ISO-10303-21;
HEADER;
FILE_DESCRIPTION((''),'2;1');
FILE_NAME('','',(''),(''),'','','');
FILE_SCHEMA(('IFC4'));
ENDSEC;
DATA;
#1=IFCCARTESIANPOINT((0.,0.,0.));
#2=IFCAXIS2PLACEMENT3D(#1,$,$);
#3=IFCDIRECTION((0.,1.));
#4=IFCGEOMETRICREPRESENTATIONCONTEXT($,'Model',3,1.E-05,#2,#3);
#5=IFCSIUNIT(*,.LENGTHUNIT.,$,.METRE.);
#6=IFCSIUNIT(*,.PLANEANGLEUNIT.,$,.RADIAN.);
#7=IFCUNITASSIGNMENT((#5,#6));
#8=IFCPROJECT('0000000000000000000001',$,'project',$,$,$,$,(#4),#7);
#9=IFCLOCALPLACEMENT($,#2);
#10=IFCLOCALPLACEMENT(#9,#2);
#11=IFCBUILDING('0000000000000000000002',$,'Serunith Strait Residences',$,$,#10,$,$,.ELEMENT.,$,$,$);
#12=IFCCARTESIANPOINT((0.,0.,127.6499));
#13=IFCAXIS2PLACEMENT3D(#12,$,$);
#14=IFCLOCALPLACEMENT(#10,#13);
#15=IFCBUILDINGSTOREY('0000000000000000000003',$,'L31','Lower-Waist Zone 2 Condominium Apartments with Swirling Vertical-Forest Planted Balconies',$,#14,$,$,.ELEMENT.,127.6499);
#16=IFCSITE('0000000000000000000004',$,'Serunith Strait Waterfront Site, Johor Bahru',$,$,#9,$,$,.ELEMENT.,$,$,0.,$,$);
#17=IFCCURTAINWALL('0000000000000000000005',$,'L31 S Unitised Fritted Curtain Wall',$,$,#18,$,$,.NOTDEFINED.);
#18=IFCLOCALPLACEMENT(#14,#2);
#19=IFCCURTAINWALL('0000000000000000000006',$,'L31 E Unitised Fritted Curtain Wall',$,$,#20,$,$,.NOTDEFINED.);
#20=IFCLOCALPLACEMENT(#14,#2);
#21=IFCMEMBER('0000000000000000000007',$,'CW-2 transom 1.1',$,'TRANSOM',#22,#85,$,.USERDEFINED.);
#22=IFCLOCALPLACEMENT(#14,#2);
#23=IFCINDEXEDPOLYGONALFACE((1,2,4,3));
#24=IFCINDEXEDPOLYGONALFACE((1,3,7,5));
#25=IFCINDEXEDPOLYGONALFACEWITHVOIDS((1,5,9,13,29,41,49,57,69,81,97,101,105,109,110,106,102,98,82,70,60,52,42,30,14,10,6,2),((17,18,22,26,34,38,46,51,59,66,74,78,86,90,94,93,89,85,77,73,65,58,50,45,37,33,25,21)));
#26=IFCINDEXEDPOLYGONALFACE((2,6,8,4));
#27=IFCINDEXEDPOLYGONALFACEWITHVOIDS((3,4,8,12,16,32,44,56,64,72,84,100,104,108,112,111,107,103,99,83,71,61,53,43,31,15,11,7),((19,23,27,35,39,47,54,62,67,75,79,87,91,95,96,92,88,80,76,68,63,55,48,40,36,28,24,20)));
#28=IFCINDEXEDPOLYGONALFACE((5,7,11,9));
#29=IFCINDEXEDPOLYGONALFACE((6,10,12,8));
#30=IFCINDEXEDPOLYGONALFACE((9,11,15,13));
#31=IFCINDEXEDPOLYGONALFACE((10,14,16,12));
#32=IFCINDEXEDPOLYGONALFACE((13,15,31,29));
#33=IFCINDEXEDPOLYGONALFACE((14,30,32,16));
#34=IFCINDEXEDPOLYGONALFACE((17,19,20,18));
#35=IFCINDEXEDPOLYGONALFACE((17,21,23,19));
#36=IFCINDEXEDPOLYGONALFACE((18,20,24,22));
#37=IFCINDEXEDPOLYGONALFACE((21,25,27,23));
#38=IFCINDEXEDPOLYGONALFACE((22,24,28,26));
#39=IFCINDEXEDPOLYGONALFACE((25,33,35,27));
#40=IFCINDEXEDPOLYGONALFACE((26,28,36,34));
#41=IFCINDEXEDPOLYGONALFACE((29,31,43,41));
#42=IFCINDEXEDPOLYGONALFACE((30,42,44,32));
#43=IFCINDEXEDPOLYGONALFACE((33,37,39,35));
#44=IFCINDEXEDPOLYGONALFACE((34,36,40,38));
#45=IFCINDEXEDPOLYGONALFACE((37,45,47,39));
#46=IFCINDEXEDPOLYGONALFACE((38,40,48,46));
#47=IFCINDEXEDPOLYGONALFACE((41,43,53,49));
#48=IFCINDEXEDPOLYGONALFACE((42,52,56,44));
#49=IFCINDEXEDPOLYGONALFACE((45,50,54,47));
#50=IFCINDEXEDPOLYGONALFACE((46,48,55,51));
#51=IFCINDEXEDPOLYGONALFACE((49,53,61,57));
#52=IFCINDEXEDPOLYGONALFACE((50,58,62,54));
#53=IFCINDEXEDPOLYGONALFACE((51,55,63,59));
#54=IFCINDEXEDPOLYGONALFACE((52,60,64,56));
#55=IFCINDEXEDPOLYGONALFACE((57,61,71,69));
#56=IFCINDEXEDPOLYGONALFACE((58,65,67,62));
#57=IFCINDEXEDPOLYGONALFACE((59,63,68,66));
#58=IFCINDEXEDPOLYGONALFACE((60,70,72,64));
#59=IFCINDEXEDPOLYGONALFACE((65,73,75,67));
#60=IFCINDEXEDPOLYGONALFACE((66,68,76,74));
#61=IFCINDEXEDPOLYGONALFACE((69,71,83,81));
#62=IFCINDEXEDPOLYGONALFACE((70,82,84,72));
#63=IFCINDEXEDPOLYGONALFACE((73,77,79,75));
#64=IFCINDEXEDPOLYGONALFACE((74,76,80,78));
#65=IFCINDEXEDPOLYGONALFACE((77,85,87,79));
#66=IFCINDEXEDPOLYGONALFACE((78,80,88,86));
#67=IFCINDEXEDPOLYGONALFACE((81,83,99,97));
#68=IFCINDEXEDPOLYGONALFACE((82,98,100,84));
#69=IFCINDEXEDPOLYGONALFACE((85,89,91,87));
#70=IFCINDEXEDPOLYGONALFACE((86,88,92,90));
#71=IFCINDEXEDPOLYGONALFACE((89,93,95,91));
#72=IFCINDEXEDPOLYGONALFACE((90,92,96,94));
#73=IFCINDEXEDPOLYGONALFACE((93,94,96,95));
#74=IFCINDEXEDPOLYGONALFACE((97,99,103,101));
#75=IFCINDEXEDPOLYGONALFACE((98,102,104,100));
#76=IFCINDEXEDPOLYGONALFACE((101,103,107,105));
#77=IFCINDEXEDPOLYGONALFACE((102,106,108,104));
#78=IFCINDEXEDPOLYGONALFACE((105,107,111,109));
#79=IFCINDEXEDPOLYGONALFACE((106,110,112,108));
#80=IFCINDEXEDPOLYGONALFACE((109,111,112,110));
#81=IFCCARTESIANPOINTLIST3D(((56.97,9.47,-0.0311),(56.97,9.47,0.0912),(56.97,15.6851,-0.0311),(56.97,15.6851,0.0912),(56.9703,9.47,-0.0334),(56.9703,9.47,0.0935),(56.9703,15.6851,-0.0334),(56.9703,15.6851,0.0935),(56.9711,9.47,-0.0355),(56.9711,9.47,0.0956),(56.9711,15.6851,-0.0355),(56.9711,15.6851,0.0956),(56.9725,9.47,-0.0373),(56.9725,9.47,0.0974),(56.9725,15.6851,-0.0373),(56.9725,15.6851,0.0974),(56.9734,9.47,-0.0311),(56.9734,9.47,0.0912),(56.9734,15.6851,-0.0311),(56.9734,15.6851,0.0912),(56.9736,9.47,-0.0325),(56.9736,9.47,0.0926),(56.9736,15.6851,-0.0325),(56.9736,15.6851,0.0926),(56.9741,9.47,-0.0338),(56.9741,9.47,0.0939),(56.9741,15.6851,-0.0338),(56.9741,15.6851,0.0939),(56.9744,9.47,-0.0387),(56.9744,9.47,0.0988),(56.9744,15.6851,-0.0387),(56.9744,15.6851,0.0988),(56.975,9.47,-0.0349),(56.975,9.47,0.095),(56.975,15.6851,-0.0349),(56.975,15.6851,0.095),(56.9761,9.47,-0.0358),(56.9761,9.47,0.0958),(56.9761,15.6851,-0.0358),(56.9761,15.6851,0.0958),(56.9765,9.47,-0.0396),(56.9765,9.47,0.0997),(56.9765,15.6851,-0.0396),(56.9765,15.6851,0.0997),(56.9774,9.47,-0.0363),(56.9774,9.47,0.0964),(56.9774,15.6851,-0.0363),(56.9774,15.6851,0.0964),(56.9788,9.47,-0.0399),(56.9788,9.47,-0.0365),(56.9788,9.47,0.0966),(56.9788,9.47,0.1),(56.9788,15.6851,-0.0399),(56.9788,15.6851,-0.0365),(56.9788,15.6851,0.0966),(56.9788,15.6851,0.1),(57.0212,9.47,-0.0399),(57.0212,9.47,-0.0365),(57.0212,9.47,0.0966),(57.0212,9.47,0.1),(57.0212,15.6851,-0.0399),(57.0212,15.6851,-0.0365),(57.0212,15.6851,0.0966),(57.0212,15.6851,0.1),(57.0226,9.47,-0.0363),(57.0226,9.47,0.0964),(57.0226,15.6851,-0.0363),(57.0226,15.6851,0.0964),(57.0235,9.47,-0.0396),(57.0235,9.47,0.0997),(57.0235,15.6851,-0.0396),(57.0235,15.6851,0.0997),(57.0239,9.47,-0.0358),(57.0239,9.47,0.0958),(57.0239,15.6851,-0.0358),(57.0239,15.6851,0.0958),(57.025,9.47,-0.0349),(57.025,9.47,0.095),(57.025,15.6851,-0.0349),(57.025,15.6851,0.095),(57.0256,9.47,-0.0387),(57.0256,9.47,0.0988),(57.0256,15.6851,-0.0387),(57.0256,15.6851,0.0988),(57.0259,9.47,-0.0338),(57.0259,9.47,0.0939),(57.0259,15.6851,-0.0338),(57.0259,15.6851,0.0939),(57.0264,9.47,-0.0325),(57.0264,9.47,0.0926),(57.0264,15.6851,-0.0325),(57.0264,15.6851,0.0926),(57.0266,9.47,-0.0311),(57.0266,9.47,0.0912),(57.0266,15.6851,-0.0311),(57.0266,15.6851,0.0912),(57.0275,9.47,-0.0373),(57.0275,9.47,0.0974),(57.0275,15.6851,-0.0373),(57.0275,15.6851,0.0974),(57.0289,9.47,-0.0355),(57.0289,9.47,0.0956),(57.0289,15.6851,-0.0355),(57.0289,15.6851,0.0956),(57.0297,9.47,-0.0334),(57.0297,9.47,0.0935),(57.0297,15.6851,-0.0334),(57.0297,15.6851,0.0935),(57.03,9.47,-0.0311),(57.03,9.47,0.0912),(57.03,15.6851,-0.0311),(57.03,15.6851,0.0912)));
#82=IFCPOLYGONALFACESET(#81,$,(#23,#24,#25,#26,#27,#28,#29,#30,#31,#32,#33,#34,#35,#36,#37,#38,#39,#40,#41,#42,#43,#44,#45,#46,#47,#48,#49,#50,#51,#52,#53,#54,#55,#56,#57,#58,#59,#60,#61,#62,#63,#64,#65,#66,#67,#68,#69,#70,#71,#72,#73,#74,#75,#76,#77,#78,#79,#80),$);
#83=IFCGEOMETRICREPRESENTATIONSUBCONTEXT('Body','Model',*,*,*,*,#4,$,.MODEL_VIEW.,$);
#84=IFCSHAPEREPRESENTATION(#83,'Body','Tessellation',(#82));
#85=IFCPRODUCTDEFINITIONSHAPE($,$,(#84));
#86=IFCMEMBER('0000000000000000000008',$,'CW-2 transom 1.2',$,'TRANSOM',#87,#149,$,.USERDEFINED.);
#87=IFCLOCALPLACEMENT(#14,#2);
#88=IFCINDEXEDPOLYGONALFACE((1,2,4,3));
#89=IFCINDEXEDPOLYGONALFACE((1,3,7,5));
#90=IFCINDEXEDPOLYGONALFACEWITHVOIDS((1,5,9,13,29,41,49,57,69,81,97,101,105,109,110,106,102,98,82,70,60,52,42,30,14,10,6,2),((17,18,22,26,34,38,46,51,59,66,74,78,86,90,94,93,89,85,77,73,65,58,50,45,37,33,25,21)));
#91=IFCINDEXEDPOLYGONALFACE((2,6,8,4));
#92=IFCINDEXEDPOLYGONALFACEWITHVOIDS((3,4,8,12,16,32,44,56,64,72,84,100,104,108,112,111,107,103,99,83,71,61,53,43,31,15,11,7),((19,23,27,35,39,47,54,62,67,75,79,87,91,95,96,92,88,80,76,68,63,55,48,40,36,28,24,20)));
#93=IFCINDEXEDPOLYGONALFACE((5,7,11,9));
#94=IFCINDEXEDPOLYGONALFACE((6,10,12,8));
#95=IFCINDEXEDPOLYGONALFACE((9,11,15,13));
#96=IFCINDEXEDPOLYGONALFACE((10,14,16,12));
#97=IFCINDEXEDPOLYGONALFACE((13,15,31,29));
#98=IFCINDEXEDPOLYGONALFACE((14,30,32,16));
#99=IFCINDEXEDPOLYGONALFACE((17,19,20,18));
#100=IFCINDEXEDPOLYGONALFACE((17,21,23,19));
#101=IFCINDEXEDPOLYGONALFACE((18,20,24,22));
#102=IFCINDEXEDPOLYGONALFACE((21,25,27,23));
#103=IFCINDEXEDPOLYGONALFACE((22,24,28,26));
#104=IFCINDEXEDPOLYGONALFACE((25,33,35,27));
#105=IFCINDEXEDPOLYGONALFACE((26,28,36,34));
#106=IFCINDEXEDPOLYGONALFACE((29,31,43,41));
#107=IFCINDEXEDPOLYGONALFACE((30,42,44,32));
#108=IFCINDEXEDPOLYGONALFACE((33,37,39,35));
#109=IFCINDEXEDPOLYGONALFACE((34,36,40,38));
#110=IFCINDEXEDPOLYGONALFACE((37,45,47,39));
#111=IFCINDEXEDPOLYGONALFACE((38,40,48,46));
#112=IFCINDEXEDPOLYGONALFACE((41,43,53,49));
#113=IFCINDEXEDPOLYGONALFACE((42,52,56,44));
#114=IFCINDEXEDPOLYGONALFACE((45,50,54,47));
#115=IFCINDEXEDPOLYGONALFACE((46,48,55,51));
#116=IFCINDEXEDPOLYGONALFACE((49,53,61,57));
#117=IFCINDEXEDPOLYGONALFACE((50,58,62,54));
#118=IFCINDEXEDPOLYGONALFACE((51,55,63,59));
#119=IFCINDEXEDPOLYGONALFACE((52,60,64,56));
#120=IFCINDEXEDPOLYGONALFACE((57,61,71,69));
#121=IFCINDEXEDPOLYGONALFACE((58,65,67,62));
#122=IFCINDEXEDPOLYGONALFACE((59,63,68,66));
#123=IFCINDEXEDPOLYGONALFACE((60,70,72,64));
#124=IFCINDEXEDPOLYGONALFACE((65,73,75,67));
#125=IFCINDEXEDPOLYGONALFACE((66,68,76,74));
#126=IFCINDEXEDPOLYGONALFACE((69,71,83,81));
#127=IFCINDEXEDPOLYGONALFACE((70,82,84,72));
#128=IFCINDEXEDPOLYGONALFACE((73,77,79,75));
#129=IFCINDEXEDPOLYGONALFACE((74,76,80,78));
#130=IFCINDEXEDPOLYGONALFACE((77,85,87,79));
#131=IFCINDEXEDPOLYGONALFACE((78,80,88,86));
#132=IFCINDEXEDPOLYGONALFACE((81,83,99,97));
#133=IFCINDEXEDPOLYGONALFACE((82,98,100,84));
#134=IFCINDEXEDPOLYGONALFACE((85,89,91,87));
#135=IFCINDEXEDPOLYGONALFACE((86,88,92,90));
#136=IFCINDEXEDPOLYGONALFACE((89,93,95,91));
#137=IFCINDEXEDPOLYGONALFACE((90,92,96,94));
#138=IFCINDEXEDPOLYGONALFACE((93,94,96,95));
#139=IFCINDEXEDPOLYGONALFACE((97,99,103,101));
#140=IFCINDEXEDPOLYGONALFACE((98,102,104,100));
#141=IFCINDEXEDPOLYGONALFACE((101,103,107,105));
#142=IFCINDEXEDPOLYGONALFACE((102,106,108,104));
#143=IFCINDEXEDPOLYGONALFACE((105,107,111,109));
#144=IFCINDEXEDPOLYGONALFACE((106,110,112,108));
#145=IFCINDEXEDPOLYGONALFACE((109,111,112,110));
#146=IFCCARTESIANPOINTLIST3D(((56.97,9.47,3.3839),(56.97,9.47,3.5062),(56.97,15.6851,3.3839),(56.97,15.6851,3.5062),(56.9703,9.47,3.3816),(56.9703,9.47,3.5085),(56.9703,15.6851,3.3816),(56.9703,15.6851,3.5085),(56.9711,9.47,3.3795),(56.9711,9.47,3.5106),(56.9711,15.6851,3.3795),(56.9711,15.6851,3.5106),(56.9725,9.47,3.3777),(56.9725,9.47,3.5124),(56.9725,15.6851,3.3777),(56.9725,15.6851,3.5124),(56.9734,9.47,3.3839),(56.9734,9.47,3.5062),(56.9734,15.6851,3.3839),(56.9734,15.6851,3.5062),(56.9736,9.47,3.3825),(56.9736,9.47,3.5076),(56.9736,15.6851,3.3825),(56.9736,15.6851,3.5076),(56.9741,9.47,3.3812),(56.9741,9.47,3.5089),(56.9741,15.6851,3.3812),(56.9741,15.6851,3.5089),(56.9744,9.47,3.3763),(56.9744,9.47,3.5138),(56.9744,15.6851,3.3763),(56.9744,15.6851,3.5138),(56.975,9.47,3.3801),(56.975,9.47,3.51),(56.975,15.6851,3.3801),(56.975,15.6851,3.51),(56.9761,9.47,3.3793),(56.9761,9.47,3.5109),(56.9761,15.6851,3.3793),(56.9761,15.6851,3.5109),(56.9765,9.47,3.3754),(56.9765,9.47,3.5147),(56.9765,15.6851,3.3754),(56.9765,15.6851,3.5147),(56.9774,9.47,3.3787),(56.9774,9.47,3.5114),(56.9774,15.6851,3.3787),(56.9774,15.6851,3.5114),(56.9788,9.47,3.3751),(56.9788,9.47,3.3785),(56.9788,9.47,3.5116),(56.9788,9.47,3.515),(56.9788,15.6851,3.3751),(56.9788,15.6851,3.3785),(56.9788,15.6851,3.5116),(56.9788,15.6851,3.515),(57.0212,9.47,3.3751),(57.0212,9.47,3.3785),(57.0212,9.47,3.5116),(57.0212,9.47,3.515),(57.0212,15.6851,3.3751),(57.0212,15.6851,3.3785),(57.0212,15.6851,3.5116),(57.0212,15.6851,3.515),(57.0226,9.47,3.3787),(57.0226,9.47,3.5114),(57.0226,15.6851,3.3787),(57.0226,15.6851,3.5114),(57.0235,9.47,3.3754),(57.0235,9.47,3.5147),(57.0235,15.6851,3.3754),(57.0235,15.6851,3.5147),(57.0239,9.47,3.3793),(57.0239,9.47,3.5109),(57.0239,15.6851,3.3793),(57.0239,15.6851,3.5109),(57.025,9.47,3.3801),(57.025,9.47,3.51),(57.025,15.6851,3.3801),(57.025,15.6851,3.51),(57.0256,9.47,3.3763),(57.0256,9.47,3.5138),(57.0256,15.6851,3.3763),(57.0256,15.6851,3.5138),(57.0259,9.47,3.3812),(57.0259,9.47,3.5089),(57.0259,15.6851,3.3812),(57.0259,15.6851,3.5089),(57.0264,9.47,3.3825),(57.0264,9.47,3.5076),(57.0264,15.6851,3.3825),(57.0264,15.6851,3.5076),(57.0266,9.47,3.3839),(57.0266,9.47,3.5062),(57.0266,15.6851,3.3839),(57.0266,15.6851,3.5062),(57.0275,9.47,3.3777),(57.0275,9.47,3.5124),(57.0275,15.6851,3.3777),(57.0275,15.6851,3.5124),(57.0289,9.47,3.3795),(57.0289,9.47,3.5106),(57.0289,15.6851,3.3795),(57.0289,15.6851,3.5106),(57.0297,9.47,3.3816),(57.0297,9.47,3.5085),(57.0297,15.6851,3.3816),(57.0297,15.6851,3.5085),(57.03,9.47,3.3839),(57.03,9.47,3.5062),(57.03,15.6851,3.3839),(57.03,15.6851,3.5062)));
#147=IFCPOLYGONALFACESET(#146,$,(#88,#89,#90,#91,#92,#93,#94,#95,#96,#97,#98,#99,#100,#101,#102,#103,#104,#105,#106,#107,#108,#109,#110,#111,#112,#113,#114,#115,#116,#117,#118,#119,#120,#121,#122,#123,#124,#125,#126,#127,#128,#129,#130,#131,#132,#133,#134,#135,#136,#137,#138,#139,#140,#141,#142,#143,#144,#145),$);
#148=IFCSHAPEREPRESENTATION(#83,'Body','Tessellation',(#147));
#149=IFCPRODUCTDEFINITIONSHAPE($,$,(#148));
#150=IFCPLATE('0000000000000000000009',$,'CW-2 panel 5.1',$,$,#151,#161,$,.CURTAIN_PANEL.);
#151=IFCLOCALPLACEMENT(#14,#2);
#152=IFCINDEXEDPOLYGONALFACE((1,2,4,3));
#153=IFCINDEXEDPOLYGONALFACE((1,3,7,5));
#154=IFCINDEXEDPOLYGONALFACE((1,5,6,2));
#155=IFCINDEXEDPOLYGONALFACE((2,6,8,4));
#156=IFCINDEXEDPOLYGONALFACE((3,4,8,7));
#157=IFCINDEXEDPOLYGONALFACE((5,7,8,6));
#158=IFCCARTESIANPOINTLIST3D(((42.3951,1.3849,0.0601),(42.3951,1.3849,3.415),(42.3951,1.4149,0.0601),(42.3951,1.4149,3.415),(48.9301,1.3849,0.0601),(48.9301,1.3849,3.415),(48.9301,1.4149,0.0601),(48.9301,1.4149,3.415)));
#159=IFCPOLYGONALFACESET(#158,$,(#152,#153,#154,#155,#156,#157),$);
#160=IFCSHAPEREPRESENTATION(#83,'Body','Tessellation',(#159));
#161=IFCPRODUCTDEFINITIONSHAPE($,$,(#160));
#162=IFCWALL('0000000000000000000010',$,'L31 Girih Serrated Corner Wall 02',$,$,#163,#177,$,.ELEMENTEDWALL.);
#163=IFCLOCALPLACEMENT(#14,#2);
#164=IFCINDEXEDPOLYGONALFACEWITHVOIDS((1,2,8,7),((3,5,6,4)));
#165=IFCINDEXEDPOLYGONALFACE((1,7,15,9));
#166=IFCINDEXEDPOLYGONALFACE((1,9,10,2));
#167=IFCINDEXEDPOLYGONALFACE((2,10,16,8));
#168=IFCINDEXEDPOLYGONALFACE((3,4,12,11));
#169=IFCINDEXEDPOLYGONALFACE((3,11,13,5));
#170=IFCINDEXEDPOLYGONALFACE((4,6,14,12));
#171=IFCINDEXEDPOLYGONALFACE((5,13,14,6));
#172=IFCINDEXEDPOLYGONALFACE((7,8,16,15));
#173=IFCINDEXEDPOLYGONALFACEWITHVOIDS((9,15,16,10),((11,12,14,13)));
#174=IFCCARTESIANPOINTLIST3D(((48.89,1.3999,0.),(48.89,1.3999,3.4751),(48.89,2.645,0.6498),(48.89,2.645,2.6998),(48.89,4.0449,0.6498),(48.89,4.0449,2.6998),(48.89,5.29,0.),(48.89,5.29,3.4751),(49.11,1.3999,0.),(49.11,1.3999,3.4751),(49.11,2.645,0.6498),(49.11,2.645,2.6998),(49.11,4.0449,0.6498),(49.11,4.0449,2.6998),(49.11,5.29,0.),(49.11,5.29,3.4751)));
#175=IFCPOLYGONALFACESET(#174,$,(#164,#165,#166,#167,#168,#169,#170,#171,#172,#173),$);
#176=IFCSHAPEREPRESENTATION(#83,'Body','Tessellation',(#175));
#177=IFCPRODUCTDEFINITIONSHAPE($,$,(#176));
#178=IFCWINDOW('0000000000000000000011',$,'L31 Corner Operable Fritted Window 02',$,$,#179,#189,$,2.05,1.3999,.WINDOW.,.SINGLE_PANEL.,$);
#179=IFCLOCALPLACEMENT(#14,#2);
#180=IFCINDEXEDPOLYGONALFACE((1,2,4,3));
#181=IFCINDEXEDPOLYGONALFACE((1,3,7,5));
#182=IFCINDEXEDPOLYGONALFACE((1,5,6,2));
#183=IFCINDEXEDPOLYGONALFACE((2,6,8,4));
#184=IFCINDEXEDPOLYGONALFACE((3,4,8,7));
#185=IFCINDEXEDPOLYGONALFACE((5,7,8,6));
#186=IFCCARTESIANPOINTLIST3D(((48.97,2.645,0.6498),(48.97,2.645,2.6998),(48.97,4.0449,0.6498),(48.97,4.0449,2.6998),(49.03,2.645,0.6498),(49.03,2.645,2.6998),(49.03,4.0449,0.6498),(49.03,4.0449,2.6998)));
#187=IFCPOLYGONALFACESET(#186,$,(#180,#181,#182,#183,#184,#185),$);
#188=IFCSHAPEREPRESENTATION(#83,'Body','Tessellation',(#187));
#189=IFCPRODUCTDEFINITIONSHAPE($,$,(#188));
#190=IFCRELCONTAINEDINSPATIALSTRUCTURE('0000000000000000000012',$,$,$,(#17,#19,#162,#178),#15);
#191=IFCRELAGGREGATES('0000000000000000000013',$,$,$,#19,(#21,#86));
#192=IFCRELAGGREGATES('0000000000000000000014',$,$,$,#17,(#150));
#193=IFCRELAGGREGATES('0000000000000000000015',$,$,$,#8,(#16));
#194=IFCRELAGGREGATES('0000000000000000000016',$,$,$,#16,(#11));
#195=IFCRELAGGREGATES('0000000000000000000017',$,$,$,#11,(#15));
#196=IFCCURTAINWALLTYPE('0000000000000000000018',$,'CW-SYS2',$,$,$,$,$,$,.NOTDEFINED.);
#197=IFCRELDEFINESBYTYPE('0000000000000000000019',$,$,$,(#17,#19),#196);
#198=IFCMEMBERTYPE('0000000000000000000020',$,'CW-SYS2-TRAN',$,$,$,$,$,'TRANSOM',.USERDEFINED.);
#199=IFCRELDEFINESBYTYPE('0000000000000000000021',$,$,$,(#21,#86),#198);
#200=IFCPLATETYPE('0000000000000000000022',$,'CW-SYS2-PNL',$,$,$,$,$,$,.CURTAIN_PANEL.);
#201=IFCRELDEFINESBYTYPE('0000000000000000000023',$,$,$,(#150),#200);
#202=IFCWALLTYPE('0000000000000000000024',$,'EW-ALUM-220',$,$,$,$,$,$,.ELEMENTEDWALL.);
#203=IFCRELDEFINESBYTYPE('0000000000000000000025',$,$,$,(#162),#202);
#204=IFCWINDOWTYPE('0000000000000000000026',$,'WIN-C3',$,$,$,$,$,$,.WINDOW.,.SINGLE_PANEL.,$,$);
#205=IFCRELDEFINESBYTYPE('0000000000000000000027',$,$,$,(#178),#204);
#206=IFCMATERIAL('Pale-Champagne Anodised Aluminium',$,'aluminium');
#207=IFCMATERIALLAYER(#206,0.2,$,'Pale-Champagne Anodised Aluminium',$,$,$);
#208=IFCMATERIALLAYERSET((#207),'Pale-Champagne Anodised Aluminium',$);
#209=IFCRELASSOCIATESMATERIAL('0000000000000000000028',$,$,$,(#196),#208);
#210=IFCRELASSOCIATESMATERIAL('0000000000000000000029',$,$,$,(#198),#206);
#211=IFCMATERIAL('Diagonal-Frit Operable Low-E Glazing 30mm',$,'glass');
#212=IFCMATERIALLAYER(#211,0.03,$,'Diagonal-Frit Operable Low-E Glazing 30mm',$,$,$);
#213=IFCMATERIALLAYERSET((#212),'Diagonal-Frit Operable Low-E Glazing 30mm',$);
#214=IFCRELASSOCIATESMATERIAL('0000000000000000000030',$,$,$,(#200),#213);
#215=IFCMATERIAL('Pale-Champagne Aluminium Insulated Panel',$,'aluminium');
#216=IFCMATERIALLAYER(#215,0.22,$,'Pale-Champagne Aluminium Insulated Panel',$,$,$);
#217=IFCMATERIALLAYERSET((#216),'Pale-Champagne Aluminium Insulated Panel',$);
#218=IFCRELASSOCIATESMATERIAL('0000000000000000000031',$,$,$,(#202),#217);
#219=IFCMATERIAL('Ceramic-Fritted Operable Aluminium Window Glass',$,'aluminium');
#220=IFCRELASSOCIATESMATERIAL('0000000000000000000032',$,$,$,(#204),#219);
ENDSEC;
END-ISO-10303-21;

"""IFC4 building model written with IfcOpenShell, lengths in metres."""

from ifc_helpers import new_model, si_unit, direction, frame, frame_2d, origin, origin_2d, place, context, subcontext, project, spatial, rectangle, hollow_rectangle, extrude, source, transform, mapped, material, layer, layer_set, material_profile, profile_set, type_object, element, fill, aggregate, save


model = new_model("IFC4")

# Units and contexts
model_context = context("Model", 3, precision=1e-05, world=origin(), true_north=direction((0.0, 1.0)))
body_context = subcontext(model_context, "Body", "Model", "MODEL_VIEW")
ifc_project = project(units=[si_unit("LENGTHUNIT", "METRE"), si_unit("PLANEANGLEUNIT", "RADIAN")], contexts=[model_context])

# Site, building, storey
site_placement = place(None, origin())
site = spatial("IfcSite", under=ifc_project, at=site_placement, Name="Serunith Strait Waterfront Site, Johor Bahru", CompositionType="ELEMENT", RefElevation=0.0)
building_placement = place(site_placement, origin())
building = spatial("IfcBuilding", under=site, at=building_placement, Name="Serunith Strait Residences", CompositionType="ELEMENT")
storey_placement = place(building_placement, frame((0.0, 0.0, 127.6499)))
storey = spatial("IfcBuildingStorey", under=building, at=storey_placement, Name="L31", Description="Lower-Waist Zone 2 Condominium Apartments with Swirling Vertical-Forest Planted Balconies", CompositionType="ELEMENT", Elevation=127.6499)

# Curtain wall
ifc_material_1 = material(Name="Pale-Champagne Anodised Aluminium", Category="aluminium")
ifc_layer_1 = layer(ifc_material_1, 0.2, Name="Pale-Champagne Anodised Aluminium")
ifc_layer_set_1 = layer_set([ifc_layer_1], Name="Pale-Champagne Anodised Aluminium")
curtain_wall_type = type_object("IfcCurtainWallType", Name="CW-SYS2", PredefinedType="NOTDEFINED", material=ifc_layer_set_1)
curtain_wall_1_placement = place(storey_placement, origin())
curtain_wall_1 = element("IfcCurtainWall", 1, at=curtain_wall_1_placement, inside=storey, type_object=curtain_wall_type, Name="L31 S Unitised Fritted Curtain Wall", PredefinedType="NOTDEFINED")

# Curtain wall, members
curtain_wall_2_placement = place(storey_placement, origin())
curtain_wall_2 = element("IfcCurtainWall", 2, at=curtain_wall_2_placement, inside=storey, type_object=curtain_wall_type, Name="L31 E Unitised Fritted Curtain Wall", PredefinedType="NOTDEFINED")
ifc_material_profile_1 = material_profile(ifc_material_1, hollow_rectangle(XDim=0.0601, YDim=0.1399, WallThickness=0.0034, InnerFilletRadius=0.0054, OuterFilletRadius=0.0088, at=origin_2d()), Name="ALU 140x60x3.5")
ifc_profile_set_1 = profile_set([ifc_material_profile_1], Name="Pale-Champagne Anodised Aluminium")
member_type_1 = type_object("IfcMemberType", Name="CW-SYS2-TRAN", ElementType="TRANSOM", PredefinedType="USERDEFINED", material=ifc_profile_set_1)
shared_shape_1 = source(origin(), body_context, "Body", "SweptSolid", [
    extrude(hollow_rectangle(XDim=0.0601, YDim=0.1399, WallThickness=0.0034, InnerFilletRadius=0.0054, OuterFilletRadius=0.0088, at=origin_2d()), origin(), (0.0, 0.0, 1.0), 6.2151),
])
member_1_placement = place(storey_placement, frame((57.0, 9.47, 0.03), z_axis=(0.0, 1.0, 0.0), x_axis=(-1.0, 0.0, 0.0)))
member_1 = element("IfcMember", 3, at=member_1_placement, type_object=member_type_1, Name="CW-2 transom 1.1", ObjectType="TRANSOM", PredefinedType="USERDEFINED", context=body_context, shape_type="MappedRepresentation", body=[
    mapped(shared_shape_1, transform((0.0, 0.0, 0.0), scale=1.0)),
])
member_2_placement = place(storey_placement, frame((57.0, 9.47, 3.4451), z_axis=(0.0, 1.0, 0.0), x_axis=(-1.0, 0.0, 0.0)))
member_2 = element("IfcMember", 4, at=member_2_placement, type_object=member_type_1, Name="CW-2 transom 1.2", ObjectType="TRANSOM", PredefinedType="USERDEFINED", context=body_context, shape_type="MappedRepresentation", body=[
    mapped(shared_shape_1, transform((0.0, 0.0, 0.0), scale=1.0)),
])
aggregate(curtain_wall_2, [member_1, member_2])

# Plate
ifc_material_2 = material(Name="Diagonal-Frit Operable Low-E Glazing 30mm", Category="glass")
ifc_layer_2 = layer(ifc_material_2, 0.03, Name="Diagonal-Frit Operable Low-E Glazing 30mm")
ifc_layer_set_2 = layer_set([ifc_layer_2], Name="Diagonal-Frit Operable Low-E Glazing 30mm")
plate_type = type_object("IfcPlateType", Name="CW-SYS2-PNL", PredefinedType="CURTAIN_PANEL", material=ifc_layer_set_2)
shared_shape_2 = source(origin(), body_context, "Body", "SweptSolid", [
    extrude(rectangle(XDim=6.5349, YDim=0.03, at=origin_2d()), origin(), (0.0, 0.0, 1.0), 3.355),
])
plate_placement = place(storey_placement, frame((45.6626, 1.3999, 0.0601), z_axis=(0.0, 0.0, 1.0), x_axis=(1.0, 0.0, 0.0)))
plate = element("IfcPlate", 5, at=plate_placement, type_object=plate_type, Name="CW-2 panel 5.1", PredefinedType="CURTAIN_PANEL", context=body_context, shape_type="MappedRepresentation", body=[
    mapped(shared_shape_2, transform((0.0, 0.0, 0.0), scale=1.0)),
])
aggregate(curtain_wall_1, [plate])

# Wall, opening, window
ifc_material_3 = material(Name="Pale-Champagne Aluminium Insulated Panel", Category="aluminium")
ifc_layer_3 = layer(ifc_material_3, 0.22, Name="Pale-Champagne Aluminium Insulated Panel")
ifc_layer_set_3 = layer_set([ifc_layer_3], Name="Pale-Champagne Aluminium Insulated Panel")
wall_type_1 = type_object("IfcWallType", Name="EW-ALUM-220", PredefinedType="ELEMENTEDWALL", material=ifc_layer_set_3)
wall_1_placement = place(storey_placement, frame((49.0, 1.3999, 0.0), z_axis=(0.0, 0.0, 1.0), x_axis=(0.0, 1.0, 0.0)))
wall_1 = element("IfcWall", 6, at=wall_1_placement, inside=storey, type_object=wall_type_1, Name="L31 Girih Serrated Corner Wall 02", PredefinedType="ELEMENTEDWALL", context=body_context, shape_type="SweptSolid", body=[
    extrude(rectangle(XDim=3.8901, YDim=0.22, at=frame_2d((1.9451, 0.0))), origin(), (0.0, 0.0, 1.0), 3.4751),
])
opening_1_placement = place(wall_1_placement, frame((1.2451, 0.0, 0.6499)))
opening_1 = element("IfcOpeningElement", 7, at=opening_1_placement, cuts=wall_1, PredefinedType="OPENING", context=body_context, shape_type="SweptSolid", body=[
    extrude(rectangle(XDim=1.3999, YDim=2.05, at=frame_2d((0.7, 1.0249))), frame((0.0, 0.1201, 0.0), z_axis=(0.0, -1.0, 0.0), x_axis=(1.0, 0.0, 0.0)), (0.0, 0.0, 1.0), 0.24),
])
ifc_material_4 = material(Name="Ceramic-Fritted Operable Aluminium Window Glass", Category="aluminium")
window_type = type_object("IfcWindowType", Name="WIN-C3", PartitioningType="SINGLE_PANEL", PredefinedType="WINDOW", material=ifc_material_4)
shared_shape_3 = source(origin(), body_context, "Body", "SweptSolid", [
    extrude(rectangle(XDim=1.3999, YDim=2.05, at=frame_2d((0.7, 1.0249))), frame((0.0, 0.03, 0.0), z_axis=(0.0, -1.0, 0.0), x_axis=(1.0, 0.0, 0.0)), (0.0, 0.0, 1.0), 0.0601),
])
window_1_placement = place(opening_1_placement, origin())
window_1 = element("IfcWindow", 8, at=window_1_placement, inside=storey, type_object=window_type, Name="L31 Corner Operable Fritted Window 02", OverallHeight=2.05, OverallWidth=1.3999, PartitioningType="SINGLE_PANEL", PredefinedType="WINDOW", context=body_context, shape_type="MappedRepresentation", body=[
    mapped(shared_shape_3, transform((0.0, 0.0, 0.0), scale=1.0)),
])
fill(opening_1, window_1)

save(model, "model.ifc")
